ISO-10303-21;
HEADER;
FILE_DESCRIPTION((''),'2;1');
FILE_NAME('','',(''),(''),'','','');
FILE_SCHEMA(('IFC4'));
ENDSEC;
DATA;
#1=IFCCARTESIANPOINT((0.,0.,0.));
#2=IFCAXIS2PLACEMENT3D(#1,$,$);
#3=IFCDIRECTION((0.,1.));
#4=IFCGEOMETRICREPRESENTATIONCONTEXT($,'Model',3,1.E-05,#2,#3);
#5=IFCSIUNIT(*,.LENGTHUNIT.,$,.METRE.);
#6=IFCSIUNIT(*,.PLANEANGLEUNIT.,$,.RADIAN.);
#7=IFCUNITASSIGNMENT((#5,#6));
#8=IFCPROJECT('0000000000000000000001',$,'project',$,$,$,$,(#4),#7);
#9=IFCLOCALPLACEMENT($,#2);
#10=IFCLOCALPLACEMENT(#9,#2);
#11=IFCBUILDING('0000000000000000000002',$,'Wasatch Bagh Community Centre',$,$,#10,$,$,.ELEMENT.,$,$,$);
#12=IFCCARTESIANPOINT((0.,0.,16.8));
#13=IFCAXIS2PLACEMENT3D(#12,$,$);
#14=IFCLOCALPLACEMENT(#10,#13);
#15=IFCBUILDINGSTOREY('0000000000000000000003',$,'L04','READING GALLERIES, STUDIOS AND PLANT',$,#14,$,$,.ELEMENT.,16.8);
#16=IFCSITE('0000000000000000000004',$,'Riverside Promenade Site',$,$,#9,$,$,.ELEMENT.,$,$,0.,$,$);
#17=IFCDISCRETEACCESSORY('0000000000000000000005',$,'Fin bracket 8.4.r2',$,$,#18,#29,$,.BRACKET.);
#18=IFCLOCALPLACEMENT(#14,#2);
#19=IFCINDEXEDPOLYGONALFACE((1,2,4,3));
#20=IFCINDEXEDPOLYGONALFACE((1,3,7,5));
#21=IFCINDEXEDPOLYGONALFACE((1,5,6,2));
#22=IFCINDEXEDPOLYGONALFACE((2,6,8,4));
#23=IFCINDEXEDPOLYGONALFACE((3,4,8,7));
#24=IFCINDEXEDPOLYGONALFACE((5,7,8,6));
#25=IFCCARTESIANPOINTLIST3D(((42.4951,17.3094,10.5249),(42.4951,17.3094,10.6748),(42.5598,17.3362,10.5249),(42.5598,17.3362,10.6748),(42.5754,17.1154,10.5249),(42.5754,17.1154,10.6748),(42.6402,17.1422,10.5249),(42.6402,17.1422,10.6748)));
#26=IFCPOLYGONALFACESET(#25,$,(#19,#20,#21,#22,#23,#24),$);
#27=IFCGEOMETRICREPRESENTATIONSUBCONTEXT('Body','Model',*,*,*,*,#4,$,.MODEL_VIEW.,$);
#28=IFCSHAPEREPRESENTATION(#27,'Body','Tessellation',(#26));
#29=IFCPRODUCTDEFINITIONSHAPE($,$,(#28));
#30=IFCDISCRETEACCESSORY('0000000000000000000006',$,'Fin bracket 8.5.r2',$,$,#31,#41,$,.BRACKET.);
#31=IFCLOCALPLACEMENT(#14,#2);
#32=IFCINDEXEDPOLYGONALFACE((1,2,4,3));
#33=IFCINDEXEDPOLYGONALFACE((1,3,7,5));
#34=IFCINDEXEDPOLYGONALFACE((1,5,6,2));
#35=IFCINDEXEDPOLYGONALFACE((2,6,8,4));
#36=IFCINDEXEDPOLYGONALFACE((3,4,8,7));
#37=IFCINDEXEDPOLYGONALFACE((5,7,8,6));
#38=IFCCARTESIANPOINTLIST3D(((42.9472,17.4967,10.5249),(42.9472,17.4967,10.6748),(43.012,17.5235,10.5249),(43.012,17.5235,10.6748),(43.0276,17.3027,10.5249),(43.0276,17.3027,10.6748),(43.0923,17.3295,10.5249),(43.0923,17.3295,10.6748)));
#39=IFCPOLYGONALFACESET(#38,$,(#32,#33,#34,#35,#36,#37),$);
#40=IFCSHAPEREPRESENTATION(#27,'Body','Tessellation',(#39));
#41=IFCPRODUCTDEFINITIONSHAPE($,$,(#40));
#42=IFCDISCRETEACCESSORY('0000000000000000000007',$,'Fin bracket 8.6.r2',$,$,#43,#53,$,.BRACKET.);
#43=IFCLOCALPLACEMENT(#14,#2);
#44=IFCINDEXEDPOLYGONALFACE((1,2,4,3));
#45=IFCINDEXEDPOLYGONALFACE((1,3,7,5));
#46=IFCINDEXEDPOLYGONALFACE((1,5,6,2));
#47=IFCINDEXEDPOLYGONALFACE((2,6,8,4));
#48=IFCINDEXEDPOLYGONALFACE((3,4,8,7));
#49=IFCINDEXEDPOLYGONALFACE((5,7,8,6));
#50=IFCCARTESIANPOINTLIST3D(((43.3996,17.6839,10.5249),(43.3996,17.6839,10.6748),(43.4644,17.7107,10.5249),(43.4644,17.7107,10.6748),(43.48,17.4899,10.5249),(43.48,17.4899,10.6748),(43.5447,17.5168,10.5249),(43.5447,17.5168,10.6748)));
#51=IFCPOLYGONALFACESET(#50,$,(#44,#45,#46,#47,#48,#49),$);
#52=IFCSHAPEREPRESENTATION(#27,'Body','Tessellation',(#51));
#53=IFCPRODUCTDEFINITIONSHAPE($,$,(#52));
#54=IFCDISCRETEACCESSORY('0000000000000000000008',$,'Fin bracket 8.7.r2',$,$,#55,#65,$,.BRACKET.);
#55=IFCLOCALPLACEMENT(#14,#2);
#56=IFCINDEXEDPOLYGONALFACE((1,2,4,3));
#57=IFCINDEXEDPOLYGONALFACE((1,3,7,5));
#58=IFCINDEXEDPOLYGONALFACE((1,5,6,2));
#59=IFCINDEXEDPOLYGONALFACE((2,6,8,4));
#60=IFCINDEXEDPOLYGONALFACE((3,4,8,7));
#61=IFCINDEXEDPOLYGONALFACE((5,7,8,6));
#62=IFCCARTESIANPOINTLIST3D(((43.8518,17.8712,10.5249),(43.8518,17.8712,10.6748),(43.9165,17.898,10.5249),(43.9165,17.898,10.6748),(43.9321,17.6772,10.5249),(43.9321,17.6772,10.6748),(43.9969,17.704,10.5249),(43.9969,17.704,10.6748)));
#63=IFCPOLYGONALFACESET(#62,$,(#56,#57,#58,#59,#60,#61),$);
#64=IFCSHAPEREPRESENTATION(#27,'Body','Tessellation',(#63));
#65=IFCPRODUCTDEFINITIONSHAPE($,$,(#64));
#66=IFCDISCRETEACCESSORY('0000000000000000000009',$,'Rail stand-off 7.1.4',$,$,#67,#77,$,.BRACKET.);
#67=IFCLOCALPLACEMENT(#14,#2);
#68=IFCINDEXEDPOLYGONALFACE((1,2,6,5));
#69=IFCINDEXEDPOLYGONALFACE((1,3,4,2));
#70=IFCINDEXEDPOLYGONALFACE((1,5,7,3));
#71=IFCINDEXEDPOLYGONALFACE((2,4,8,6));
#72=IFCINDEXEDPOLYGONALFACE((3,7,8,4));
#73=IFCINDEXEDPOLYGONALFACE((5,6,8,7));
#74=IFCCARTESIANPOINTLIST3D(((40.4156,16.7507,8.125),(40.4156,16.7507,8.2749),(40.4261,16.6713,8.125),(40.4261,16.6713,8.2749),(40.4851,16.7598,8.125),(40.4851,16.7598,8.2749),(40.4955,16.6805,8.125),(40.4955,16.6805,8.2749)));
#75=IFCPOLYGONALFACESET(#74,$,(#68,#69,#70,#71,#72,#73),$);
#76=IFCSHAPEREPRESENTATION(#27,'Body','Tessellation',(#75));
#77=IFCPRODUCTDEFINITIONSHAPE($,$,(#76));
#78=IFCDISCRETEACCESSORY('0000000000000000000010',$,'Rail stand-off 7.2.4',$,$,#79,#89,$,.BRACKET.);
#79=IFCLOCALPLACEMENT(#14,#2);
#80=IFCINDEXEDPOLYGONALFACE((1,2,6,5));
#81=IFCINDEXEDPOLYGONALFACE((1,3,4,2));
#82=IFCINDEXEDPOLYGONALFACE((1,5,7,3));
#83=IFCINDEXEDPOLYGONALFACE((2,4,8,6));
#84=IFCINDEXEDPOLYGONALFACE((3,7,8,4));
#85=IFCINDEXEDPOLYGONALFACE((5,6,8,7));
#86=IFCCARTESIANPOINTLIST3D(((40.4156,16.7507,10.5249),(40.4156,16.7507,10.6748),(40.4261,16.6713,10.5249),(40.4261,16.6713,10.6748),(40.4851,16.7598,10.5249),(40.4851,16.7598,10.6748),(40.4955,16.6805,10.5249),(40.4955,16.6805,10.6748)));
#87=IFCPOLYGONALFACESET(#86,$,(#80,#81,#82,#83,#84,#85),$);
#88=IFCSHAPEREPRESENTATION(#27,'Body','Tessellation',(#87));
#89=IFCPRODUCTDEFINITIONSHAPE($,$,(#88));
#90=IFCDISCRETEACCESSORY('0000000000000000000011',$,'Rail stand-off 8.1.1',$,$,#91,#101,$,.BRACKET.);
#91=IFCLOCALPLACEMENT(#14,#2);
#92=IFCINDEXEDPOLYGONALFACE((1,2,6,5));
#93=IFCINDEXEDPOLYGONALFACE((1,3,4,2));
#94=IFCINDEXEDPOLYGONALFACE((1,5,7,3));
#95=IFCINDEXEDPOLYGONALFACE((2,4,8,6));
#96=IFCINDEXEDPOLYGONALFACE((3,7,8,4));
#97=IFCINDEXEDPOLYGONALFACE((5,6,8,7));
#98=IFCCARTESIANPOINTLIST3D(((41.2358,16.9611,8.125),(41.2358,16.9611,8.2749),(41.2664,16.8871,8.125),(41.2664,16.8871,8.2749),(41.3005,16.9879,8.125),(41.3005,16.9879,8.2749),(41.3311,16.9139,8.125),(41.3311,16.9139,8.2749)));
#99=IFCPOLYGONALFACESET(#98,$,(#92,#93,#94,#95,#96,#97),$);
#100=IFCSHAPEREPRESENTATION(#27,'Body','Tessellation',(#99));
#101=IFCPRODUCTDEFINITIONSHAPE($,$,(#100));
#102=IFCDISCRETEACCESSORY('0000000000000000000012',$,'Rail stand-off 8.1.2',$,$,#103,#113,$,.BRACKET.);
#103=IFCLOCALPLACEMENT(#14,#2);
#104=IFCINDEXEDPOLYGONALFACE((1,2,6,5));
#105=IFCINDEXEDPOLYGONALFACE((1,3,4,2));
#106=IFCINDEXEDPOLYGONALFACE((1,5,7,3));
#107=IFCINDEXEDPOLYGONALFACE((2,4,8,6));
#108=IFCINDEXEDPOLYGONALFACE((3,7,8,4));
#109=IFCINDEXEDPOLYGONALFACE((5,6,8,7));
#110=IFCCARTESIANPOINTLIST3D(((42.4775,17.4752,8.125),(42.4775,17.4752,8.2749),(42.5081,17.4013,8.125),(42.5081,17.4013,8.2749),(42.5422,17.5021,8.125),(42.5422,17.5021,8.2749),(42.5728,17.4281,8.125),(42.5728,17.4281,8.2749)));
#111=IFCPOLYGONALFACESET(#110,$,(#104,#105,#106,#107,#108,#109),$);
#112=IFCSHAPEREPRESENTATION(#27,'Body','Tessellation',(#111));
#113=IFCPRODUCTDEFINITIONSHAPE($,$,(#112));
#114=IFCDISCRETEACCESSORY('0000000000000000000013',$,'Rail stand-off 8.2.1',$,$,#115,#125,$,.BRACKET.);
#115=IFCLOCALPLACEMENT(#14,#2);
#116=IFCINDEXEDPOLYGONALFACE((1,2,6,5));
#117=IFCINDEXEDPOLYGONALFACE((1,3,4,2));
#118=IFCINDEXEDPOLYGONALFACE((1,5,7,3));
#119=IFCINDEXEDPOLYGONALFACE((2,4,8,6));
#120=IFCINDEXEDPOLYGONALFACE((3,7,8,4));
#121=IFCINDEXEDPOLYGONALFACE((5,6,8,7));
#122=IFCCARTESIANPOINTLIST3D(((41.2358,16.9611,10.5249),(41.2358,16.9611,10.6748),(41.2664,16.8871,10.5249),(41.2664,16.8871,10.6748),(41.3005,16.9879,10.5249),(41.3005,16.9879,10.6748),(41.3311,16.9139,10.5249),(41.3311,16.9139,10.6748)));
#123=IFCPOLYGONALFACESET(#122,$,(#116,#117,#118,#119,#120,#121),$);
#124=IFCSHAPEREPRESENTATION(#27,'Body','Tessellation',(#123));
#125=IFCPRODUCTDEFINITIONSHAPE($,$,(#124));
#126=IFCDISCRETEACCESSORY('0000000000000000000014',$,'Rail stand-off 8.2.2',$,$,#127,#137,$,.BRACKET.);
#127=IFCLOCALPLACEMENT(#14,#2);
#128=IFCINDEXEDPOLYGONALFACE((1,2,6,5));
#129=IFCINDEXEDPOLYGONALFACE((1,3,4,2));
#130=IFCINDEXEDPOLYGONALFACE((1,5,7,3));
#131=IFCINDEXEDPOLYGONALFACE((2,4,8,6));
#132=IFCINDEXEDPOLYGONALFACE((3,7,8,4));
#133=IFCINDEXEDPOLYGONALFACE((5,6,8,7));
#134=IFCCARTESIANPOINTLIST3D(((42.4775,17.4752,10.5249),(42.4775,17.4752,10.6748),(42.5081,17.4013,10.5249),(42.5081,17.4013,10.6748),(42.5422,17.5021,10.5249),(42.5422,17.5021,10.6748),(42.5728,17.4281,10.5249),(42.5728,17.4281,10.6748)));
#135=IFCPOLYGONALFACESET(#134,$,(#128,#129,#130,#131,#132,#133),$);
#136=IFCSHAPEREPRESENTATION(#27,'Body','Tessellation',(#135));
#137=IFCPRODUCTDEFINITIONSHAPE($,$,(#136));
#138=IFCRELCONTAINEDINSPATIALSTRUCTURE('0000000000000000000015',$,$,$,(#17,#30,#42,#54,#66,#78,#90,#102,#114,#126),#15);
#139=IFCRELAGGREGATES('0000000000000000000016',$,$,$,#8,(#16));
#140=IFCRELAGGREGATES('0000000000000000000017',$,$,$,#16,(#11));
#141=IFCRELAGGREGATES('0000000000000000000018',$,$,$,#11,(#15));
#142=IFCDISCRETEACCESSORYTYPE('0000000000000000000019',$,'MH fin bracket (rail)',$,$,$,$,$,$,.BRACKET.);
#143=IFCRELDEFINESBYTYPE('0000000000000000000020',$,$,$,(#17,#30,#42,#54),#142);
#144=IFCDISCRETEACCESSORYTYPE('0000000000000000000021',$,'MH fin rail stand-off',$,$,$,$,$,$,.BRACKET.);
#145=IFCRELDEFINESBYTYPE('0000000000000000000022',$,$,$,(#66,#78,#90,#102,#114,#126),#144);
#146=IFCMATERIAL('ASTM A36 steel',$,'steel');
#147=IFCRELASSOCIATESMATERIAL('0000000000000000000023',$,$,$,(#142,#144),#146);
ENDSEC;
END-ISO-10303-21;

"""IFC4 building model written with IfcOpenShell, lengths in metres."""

from ifc_helpers import new_model, si_unit, direction, frame, origin, origin_2d, place, context, subcontext, project, spatial, rectangle, extrude, material, type_object, element, save


model = new_model("IFC4")

# Units and contexts
model_context = context("Model", 3, precision=1e-05, world=origin(), true_north=direction((0.0, 1.0)))
body_context = subcontext(model_context, "Body", "Model", "MODEL_VIEW")
ifc_project = project(units=[si_unit("LENGTHUNIT", "METRE"), si_unit("PLANEANGLEUNIT", "RADIAN")], contexts=[model_context])

# Site, building, storey
site_placement = place(None, origin())
site = spatial("IfcSite", under=ifc_project, at=site_placement, Name="Riverside Promenade Site", CompositionType="ELEMENT", RefElevation=0.0)
building_placement = place(site_placement, origin())
building = spatial("IfcBuilding", under=site, at=building_placement, Name="Wasatch Bagh Community Centre", CompositionType="ELEMENT")
storey_placement = place(building_placement, frame((0.0, 0.0, 16.8)))
storey = spatial("IfcBuildingStorey", under=building, at=storey_placement, Name="L04", Description="READING GALLERIES, STUDIOS AND PLANT", CompositionType="ELEMENT", Elevation=16.8)

# Discrete accessories
ifc_material_1 = material(Name="ASTM A36 steel", Category="steel")
discrete_accessory_type_1 = type_object("IfcDiscreteAccessoryType", Name="MH fin bracket (rail)", PredefinedType="BRACKET", material=ifc_material_1)
for number, where, z_axis, x_axis, name in (
    (1, (42.5676, 17.2258, 10.5249), (0.0, 0.0, 1.0), (0.92388, 0.382683, 0.0), "Fin bracket 8.4.r2"),
    (2, (43.0198, 17.4131, 10.5249), (0.0, 0.0, 1.0), (0.92388, 0.382683, 0.0), "Fin bracket 8.5.r2"),
    (3, (43.4722, 17.6003, 10.5249), (0.0, 0.0, 1.0), (0.92388, 0.382683, 0.0), "Fin bracket 8.6.r2"),
    (4, (43.9243, 17.7876, 10.5249), (0.0, 0.0, 1.0), (0.92388, 0.382683, 0.0), "Fin bracket 8.7.r2"),
):
    element("IfcDiscreteAccessory", number, at=place(storey_placement, frame(where, z_axis=z_axis, x_axis=x_axis)), inside=storey, type_object=discrete_accessory_type_1, Name=name, PredefinedType="BRACKET", context=body_context, shape_type="SweptSolid", body=[
        extrude(rectangle(XDim=0.0701, YDim=0.21, at=origin_2d()), origin(), (0.0, 0.0, 1.0), 0.1499),
    ])
discrete_accessory_type_2 = type_object("IfcDiscreteAccessoryType", Name="MH fin rail stand-off", PredefinedType="BRACKET", material=ifc_material_1)
for number, where, z_axis, x_axis, name in (
    (5, (40.4556, 16.7156, 8.125), (0.0, 0.0, 1.0), (0.991445, 0.130526, 0.0), "Rail stand-off 7.1.4"),
    (6, (40.4556, 16.7156, 10.5249), (0.0, 0.0, 1.0), (0.991445, 0.130526, 0.0), "Rail stand-off 7.2.4"),
    (7, (41.2834, 16.9375, 8.125), (0.0, 0.0, 1.0), (0.92388, 0.382683, 0.0), "Rail stand-off 8.1.1"),
    (8, (42.5251, 17.4517, 8.125), (0.0, 0.0, 1.0), (0.92388, 0.382683, 0.0), "Rail stand-off 8.1.2"),
    (9, (41.2834, 16.9375, 10.5249), (0.0, 0.0, 1.0), (0.92388, 0.382683, 0.0), "Rail stand-off 8.2.1"),
    (10, (42.5251, 17.4517, 10.5249), (0.0, 0.0, 1.0), (0.92388, 0.382683, 0.0), "Rail stand-off 8.2.2"),
):
    element("IfcDiscreteAccessory", number, at=place(storey_placement, frame(where, z_axis=z_axis, x_axis=x_axis)), inside=storey, type_object=discrete_accessory_type_2, Name=name, PredefinedType="BRACKET", context=body_context, shape_type="SweptSolid", body=[
        extrude(rectangle(XDim=0.0701, YDim=0.0801, at=origin_2d()), origin(), (0.0, 0.0, 1.0), 0.1499),
    ])

save(model, "model.ifc")
